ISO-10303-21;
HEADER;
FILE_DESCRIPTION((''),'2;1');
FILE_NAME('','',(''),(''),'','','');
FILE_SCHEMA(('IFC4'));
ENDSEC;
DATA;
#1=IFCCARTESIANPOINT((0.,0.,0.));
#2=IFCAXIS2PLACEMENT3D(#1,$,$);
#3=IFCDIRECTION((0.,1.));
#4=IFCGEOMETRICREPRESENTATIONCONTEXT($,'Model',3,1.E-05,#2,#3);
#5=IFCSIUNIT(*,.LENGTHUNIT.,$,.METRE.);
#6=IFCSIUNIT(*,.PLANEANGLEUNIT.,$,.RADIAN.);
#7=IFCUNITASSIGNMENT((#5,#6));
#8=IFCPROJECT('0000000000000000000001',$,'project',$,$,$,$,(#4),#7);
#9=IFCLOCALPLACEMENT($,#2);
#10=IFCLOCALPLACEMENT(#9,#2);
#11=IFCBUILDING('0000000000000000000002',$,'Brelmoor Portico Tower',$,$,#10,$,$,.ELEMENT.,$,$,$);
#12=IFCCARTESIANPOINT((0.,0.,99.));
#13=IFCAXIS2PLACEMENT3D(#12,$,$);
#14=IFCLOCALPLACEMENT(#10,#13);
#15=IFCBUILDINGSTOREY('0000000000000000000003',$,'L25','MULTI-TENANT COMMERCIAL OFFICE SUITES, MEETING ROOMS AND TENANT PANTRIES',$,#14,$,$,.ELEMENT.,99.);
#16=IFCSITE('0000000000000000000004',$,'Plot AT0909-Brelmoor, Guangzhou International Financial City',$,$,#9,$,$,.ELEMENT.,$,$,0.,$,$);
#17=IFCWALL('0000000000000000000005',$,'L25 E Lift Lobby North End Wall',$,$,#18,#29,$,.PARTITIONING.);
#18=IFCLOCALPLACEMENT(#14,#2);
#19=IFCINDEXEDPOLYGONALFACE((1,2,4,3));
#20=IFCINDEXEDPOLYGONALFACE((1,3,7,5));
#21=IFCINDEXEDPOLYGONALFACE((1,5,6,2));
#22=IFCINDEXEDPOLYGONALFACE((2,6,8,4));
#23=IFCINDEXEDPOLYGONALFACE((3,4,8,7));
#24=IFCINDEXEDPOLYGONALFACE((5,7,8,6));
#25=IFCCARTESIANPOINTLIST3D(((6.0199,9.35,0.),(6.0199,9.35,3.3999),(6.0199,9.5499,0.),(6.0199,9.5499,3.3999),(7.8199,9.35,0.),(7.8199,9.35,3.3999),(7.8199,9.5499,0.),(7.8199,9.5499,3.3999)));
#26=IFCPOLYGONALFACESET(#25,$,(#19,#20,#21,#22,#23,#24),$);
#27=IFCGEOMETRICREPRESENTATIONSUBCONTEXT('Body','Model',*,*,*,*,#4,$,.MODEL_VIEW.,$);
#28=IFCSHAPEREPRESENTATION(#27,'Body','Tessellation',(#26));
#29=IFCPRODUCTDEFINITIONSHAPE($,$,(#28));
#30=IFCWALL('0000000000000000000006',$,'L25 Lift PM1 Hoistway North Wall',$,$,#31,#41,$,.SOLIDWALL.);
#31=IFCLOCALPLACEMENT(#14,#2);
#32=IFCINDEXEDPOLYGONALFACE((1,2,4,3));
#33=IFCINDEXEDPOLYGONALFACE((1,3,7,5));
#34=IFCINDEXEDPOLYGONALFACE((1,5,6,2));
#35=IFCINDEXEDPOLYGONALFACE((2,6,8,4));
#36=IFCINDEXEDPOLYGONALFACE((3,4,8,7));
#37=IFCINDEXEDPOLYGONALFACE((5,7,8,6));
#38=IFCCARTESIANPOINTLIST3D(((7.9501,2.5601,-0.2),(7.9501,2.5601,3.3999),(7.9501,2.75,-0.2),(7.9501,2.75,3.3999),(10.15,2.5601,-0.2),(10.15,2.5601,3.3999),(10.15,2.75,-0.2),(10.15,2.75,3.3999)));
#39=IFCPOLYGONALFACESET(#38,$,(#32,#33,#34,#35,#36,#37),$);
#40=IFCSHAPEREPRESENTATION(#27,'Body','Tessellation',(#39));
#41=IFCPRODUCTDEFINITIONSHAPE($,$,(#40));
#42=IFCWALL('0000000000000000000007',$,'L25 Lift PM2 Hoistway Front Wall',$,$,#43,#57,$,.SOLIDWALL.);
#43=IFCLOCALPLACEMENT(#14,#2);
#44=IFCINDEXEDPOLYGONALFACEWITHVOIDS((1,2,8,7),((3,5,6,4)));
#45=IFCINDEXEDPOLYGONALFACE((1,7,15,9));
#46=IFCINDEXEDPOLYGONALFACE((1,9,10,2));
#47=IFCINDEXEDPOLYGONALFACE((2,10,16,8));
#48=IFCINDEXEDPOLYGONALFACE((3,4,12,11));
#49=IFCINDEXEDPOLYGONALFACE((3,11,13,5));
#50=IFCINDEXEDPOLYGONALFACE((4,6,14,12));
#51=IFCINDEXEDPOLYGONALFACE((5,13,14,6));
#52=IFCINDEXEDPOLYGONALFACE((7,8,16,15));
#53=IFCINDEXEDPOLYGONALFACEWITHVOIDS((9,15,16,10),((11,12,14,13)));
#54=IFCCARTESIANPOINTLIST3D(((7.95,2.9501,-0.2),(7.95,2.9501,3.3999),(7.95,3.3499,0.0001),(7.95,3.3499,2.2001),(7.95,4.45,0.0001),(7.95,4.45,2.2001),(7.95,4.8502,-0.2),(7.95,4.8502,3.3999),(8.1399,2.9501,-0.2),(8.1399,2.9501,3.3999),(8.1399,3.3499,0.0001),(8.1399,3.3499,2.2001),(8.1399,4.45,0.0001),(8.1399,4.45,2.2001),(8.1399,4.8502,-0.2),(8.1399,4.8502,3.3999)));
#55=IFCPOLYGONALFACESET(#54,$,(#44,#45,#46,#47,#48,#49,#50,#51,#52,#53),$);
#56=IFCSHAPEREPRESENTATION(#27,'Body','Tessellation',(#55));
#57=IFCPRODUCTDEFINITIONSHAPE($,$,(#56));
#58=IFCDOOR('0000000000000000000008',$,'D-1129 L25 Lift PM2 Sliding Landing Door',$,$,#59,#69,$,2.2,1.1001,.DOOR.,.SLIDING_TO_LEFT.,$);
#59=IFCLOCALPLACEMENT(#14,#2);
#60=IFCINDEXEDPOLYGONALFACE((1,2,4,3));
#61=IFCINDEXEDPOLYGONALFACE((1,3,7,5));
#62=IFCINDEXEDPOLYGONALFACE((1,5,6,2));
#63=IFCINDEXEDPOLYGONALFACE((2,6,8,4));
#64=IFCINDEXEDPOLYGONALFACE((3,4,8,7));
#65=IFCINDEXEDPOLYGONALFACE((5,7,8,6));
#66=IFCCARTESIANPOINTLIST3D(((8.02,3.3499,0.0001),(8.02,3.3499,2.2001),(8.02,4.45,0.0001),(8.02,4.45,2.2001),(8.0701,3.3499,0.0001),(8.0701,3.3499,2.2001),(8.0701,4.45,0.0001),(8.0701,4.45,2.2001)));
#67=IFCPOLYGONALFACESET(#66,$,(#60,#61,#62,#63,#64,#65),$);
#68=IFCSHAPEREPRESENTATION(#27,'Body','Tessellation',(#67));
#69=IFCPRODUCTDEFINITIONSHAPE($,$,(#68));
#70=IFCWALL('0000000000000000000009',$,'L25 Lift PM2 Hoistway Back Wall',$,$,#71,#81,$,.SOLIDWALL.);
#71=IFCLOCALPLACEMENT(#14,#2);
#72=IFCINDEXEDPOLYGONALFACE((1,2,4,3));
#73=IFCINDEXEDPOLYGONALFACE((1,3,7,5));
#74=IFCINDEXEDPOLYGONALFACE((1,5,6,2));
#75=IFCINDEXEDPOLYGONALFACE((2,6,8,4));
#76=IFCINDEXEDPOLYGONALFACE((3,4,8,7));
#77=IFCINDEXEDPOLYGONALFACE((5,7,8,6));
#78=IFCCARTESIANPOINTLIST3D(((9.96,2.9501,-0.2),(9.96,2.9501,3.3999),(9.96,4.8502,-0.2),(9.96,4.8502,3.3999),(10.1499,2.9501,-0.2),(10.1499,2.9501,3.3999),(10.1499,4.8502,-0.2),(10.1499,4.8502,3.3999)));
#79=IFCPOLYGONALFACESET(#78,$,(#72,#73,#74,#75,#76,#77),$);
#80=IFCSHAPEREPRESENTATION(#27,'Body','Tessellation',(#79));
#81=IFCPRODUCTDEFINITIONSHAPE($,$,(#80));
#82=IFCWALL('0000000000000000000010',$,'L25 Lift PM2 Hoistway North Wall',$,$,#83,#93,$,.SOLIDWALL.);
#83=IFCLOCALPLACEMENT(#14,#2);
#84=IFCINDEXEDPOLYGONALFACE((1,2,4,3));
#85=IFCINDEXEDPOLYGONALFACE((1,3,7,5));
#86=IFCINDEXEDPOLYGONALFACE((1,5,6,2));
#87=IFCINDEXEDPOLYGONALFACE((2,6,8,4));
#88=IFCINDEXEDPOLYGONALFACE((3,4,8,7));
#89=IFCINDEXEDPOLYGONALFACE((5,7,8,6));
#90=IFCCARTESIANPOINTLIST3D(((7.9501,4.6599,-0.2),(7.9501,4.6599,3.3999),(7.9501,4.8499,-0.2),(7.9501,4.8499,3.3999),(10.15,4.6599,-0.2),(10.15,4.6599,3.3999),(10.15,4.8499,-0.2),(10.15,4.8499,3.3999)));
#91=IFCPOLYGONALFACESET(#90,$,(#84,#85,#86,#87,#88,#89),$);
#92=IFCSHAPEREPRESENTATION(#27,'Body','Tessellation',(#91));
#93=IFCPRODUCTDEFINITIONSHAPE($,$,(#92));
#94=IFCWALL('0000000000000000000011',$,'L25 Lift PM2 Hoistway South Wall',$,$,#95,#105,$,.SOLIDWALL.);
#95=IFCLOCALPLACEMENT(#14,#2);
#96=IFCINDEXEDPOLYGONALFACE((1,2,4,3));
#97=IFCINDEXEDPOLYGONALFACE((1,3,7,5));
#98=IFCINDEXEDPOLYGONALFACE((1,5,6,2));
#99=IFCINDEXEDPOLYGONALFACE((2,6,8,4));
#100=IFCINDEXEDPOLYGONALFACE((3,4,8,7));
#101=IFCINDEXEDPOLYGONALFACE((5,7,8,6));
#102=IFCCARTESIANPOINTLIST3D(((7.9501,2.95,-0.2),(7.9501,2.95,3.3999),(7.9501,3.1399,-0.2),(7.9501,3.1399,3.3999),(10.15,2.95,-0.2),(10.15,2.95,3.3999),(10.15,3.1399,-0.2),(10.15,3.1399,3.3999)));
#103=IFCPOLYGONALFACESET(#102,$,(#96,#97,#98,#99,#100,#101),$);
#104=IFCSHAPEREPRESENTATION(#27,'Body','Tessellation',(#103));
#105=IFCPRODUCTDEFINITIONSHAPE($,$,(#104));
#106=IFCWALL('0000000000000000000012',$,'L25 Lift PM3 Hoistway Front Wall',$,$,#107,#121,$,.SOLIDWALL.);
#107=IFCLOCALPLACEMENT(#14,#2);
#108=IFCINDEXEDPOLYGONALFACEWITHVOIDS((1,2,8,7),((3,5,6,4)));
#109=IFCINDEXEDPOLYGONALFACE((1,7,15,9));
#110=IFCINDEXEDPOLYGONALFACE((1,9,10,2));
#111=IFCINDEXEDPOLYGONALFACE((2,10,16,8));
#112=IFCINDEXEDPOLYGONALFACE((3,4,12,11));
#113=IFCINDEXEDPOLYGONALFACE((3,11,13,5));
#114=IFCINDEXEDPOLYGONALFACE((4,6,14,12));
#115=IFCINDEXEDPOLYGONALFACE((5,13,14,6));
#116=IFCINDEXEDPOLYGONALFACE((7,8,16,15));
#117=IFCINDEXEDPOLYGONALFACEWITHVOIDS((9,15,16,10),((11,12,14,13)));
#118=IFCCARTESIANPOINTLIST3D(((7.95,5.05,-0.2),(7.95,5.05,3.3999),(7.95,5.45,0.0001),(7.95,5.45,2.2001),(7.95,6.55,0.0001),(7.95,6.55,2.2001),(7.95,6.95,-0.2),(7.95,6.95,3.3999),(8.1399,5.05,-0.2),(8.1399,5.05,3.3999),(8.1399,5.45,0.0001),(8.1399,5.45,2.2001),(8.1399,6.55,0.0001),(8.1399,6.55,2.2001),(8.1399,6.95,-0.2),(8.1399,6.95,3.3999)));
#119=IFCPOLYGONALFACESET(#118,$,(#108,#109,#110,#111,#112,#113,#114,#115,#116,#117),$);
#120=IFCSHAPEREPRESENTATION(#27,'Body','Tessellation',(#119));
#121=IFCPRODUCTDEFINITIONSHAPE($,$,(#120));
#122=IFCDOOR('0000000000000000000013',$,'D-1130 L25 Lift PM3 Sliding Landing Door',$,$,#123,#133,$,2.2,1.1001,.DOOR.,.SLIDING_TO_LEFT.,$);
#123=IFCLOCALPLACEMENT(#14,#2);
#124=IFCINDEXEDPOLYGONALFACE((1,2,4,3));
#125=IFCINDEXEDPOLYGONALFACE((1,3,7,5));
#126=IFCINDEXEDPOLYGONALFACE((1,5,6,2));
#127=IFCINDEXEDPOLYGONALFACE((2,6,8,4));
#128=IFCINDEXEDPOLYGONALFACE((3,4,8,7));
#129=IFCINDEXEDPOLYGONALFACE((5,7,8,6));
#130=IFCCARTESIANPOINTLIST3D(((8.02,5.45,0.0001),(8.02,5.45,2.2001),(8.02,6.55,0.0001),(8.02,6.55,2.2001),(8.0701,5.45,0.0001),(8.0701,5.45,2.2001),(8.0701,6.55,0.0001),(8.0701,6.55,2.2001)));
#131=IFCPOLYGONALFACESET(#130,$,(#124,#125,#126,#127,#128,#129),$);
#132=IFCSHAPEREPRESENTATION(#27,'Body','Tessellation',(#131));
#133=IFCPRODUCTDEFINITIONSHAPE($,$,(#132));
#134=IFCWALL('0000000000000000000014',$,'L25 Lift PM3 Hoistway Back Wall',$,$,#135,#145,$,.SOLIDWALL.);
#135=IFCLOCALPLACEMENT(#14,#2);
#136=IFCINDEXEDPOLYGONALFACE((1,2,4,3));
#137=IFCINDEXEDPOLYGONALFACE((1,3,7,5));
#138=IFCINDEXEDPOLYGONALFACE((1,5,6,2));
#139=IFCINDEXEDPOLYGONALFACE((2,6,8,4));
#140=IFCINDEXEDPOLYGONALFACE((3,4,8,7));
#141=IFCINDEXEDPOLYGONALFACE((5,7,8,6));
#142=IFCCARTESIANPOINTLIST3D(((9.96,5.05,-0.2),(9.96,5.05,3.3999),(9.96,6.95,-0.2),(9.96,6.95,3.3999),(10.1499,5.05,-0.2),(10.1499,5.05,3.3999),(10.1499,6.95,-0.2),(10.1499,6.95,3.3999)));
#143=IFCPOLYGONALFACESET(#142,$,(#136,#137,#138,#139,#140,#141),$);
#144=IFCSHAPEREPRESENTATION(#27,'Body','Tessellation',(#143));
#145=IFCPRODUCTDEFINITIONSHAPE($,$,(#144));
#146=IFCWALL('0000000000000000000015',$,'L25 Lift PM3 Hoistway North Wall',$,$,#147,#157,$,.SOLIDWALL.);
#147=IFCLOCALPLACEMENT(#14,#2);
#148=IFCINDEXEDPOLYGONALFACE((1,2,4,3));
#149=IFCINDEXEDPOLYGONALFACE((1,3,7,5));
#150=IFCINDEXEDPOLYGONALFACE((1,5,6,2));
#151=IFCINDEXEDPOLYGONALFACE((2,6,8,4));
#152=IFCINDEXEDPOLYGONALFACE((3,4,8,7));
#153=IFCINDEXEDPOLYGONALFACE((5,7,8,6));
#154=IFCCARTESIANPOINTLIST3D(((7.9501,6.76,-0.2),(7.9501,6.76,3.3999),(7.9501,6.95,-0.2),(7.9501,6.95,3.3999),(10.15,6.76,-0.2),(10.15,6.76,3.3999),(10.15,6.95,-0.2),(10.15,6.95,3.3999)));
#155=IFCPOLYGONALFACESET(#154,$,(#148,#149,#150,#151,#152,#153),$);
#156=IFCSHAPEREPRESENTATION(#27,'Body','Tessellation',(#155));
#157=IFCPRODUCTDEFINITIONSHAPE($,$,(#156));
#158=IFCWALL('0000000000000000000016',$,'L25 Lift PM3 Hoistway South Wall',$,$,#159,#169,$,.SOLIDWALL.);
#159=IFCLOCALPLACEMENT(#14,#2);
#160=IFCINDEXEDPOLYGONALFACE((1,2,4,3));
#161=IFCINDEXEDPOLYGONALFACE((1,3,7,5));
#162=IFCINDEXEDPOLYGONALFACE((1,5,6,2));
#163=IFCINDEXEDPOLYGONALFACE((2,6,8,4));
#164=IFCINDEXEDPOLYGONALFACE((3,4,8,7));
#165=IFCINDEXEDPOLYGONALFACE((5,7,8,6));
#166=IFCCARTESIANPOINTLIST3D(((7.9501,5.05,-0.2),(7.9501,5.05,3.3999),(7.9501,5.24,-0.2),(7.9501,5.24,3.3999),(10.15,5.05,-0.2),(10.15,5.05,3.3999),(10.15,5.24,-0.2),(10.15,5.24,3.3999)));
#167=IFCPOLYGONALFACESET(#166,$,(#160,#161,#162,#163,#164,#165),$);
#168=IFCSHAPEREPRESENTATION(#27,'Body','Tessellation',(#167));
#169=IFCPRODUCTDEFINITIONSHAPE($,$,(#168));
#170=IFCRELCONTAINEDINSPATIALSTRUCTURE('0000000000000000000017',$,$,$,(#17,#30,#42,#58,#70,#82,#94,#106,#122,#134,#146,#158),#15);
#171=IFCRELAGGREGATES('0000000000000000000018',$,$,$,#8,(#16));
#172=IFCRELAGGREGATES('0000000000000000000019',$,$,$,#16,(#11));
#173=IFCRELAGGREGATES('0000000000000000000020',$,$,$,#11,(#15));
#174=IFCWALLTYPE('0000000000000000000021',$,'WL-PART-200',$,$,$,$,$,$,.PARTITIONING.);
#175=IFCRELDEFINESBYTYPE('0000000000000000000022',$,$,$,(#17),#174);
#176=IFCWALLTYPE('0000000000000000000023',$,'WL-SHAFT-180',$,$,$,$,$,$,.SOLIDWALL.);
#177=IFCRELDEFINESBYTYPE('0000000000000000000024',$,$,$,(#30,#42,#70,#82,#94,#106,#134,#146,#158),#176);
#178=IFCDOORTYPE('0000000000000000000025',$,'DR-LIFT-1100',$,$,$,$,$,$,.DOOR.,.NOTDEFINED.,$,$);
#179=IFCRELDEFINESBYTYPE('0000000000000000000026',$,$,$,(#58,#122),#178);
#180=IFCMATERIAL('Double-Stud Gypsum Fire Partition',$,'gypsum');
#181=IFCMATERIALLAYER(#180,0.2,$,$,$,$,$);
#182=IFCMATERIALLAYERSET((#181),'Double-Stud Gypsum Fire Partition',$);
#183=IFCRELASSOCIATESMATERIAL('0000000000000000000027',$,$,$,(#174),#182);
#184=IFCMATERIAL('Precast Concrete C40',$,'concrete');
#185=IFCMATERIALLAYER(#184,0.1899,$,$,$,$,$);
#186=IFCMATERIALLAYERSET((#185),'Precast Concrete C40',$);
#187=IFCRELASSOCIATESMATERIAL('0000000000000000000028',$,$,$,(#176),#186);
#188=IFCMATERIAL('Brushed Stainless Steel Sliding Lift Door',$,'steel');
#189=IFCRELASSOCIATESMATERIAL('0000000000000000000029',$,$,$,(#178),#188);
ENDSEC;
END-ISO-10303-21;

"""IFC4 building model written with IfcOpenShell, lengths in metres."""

from ifc_helpers import new_model, si_unit, direction, frame, frame_2d, origin, place, context, subcontext, project, spatial, rectangle, extrude, material, layer, layer_set, type_object, element, fill, save


model = new_model("IFC4")

# Units and contexts
model_context = context("Model", 3, precision=1e-05, world=origin(), true_north=direction((0.0, 1.0)))
body_context = subcontext(model_context, "Body", "Model", "MODEL_VIEW")
ifc_project = project(units=[si_unit("LENGTHUNIT", "METRE"), si_unit("PLANEANGLEUNIT", "RADIAN")], contexts=[model_context])

# Site, building, storey
site_placement = place(None, origin())
site = spatial("IfcSite", under=ifc_project, at=site_placement, Name="Plot AT0909-Brelmoor, Guangzhou International Financial City", CompositionType="ELEMENT", RefElevation=0.0)
building_placement = place(site_placement, origin())
building = spatial("IfcBuilding", under=site, at=building_placement, Name="Brelmoor Portico Tower", CompositionType="ELEMENT")
storey_placement = place(building_placement, frame((0.0, 0.0, 99.0)))
storey = spatial("IfcBuildingStorey", under=building, at=storey_placement, Name="L25", Description="MULTI-TENANT COMMERCIAL OFFICE SUITES, MEETING ROOMS AND TENANT PANTRIES", CompositionType="ELEMENT", Elevation=99.0)

# Walls
ifc_material_1 = material(Name="Double-Stud Gypsum Fire Partition", Category="gypsum")
ifc_layer_1 = layer(ifc_material_1, 0.2)
ifc_layer_set_1 = layer_set([ifc_layer_1], Name="Double-Stud Gypsum Fire Partition")
wall_type_1 = type_object("IfcWallType", Name="WL-PART-200", PredefinedType="PARTITIONING", material=ifc_layer_set_1)
wall_1_placement = place(storey_placement, frame((6.02, 9.45, 0.0), z_axis=(0.0, 0.0, 1.0), x_axis=(1.0, 0.0, 0.0)))
element("IfcWall", 1, at=wall_1_placement, inside=storey, type_object=wall_type_1, Name="L25 E Lift Lobby North End Wall", PredefinedType="PARTITIONING", context=body_context, shape_type="SweptSolid", body=[
    extrude(rectangle(XDim=1.8, YDim=0.2, at=frame_2d((0.8999, 0.0))), origin(), (0.0, 0.0, 1.0), 3.3999),
])
ifc_material_2 = material(Name="Precast Concrete C40", Category="concrete")
ifc_layer_2 = layer(ifc_material_2, 0.1899)
ifc_layer_set_2 = layer_set([ifc_layer_2], Name="Precast Concrete C40")
wall_type_2 = type_object("IfcWallType", Name="WL-SHAFT-180", PredefinedType="SOLIDWALL", material=ifc_layer_set_2)
wall_2_placement = place(storey_placement, frame((7.95, 2.655, -0.2), z_axis=(0.0, 0.0, 1.0), x_axis=(1.0, 0.0, 0.0)))
element("IfcWall", 2, at=wall_2_placement, inside=storey, type_object=wall_type_2, Name="L25 Lift PM1 Hoistway North Wall", PredefinedType="SOLIDWALL", context=body_context, shape_type="SweptSolid", body=[
    extrude(rectangle(XDim=2.2, YDim=0.1899, at=frame_2d((1.1001, 0.0))), origin(), (0.0, 0.0, 1.0), 3.5999),
])

# Wall, opening, door
wall_3_placement = place(storey_placement, frame((8.0449, 2.95, -0.2), z_axis=(0.0, 0.0, 1.0), x_axis=(0.0, 1.0, 0.0)))
wall_3 = element("IfcWall", 3, at=wall_3_placement, inside=storey, type_object=wall_type_2, Name="L25 Lift PM2 Hoistway Front Wall", PredefinedType="SOLIDWALL", context=body_context, shape_type="SweptSolid", body=[
    extrude(rectangle(XDim=1.9001, YDim=0.1899, at=frame_2d((0.9502, 0.0))), origin(), (0.0, 0.0, 1.0), 3.5999),
])
opening_1_placement = place(wall_3_placement, frame((0.3999, 0.0, 0.2)))
opening_1 = element("IfcOpeningElement", 4, at=opening_1_placement, cuts=wall_3, PredefinedType="OPENING", context=body_context, shape_type="SweptSolid", body=[
    extrude(rectangle(XDim=1.1001, YDim=2.2, at=frame_2d((0.55, 1.1001))), frame((0.0, 0.105, 0.0), z_axis=(0.0, -1.0, 0.0), x_axis=(1.0, 0.0, 0.0)), (0.0, 0.0, 1.0), 0.21),
])
ifc_material_3 = material(Name="Brushed Stainless Steel Sliding Lift Door", Category="steel")
door_type_1 = type_object("IfcDoorType", Name="DR-LIFT-1100", OperationType="NOTDEFINED", PredefinedType="DOOR", material=ifc_material_3)
door_1_placement = place(opening_1_placement, origin())
door_1 = element("IfcDoor", 5, at=door_1_placement, inside=storey, type_object=door_type_1, Name="D-1129 L25 Lift PM2 Sliding Landing Door", OperationType="SLIDING_TO_LEFT", OverallHeight=2.2, OverallWidth=1.1001, PredefinedType="DOOR", context=body_context, shape_type="SweptSolid", body=[
    extrude(rectangle(XDim=1.1001, YDim=2.2, at=frame_2d((0.55, 1.1001))), frame((0.0, 0.0249, 0.0), z_axis=(0.0, -1.0, 0.0), x_axis=(1.0, 0.0, 0.0)), (0.0, 0.0, 1.0), 0.05),
])
fill(opening_1, door_1)

# Walls
wall_4_placement = place(storey_placement, frame((10.0549, 2.95, -0.2), z_axis=(0.0, 0.0, 1.0), x_axis=(0.0, 1.0, 0.0)))
element("IfcWall", 6, at=wall_4_placement, inside=storey, type_object=wall_type_2, Name="L25 Lift PM2 Hoistway Back Wall", PredefinedType="SOLIDWALL", context=body_context, shape_type="SweptSolid", body=[
    extrude(rectangle(XDim=1.9001, YDim=0.1899, at=frame_2d((0.9502, 0.0))), origin(), (0.0, 0.0, 1.0), 3.5999),
])
for number, where, z_axis, x_axis, name in (
    (7, (7.95, 4.7549, -0.2), (0.0, 0.0, 1.0), (1.0, 0.0, 0.0), "L25 Lift PM2 Hoistway North Wall"),
    (8, (7.95, 3.0449, -0.2), (0.0, 0.0, 1.0), (1.0, 0.0, 0.0), "L25 Lift PM2 Hoistway South Wall"),
):
    element("IfcWall", number, at=place(storey_placement, frame(where, z_axis=z_axis, x_axis=x_axis)), inside=storey, type_object=wall_type_2, Name=name, PredefinedType="SOLIDWALL", context=body_context, shape_type="SweptSolid", body=[
        extrude(rectangle(XDim=2.2, YDim=0.1899, at=frame_2d((1.1001, 0.0))), origin(), (0.0, 0.0, 1.0), 3.5999),
    ])

# Wall, opening, door
wall_5_placement = place(storey_placement, frame((8.0449, 5.05, -0.2), z_axis=(0.0, 0.0, 1.0), x_axis=(0.0, 1.0, 0.0)))
wall_5 = element("IfcWall", 9, at=wall_5_placement, inside=storey, type_object=wall_type_2, Name="L25 Lift PM3 Hoistway Front Wall", PredefinedType="SOLIDWALL", context=body_context, shape_type="SweptSolid", body=[
    extrude(rectangle(XDim=1.8999, YDim=0.1899, at=frame_2d((0.95, 0.0))), origin(), (0.0, 0.0, 1.0), 3.5999),
])
opening_2_placement = place(wall_5_placement, frame((0.3999, 0.0, 0.2)))
opening_2 = element("IfcOpeningElement", 10, at=opening_2_placement, cuts=wall_5, PredefinedType="OPENING", context=body_context, shape_type="SweptSolid", body=[
    extrude(rectangle(XDim=1.1001, YDim=2.2, at=frame_2d((0.55, 1.1001))), frame((0.0, 0.105, 0.0), z_axis=(0.0, -1.0, 0.0), x_axis=(1.0, 0.0, 0.0)), (0.0, 0.0, 1.0), 0.21),
])
door_2_placement = place(opening_2_placement, origin())
door_2 = element("IfcDoor", 11, at=door_2_placement, inside=storey, type_object=door_type_1, Name="D-1130 L25 Lift PM3 Sliding Landing Door", OperationType="SLIDING_TO_LEFT", OverallHeight=2.2, OverallWidth=1.1001, PredefinedType="DOOR", context=body_context, shape_type="SweptSolid", body=[
    extrude(rectangle(XDim=1.1001, YDim=2.2, at=frame_2d((0.55, 1.1001))), frame((0.0, 0.0249, 0.0), z_axis=(0.0, -1.0, 0.0), x_axis=(1.0, 0.0, 0.0)), (0.0, 0.0, 1.0), 0.05),
])
fill(opening_2, door_2)

# Walls
wall_6_placement = place(storey_placement, frame((10.0549, 5.05, -0.2), z_axis=(0.0, 0.0, 1.0), x_axis=(0.0, 1.0, 0.0)))
element("IfcWall", 12, at=wall_6_placement, inside=storey, type_object=wall_type_2, Name="L25 Lift PM3 Hoistway Back Wall", PredefinedType="SOLIDWALL", context=body_context, shape_type="SweptSolid", body=[
    extrude(rectangle(XDim=1.8999, YDim=0.1899, at=frame_2d((0.95, 0.0))), origin(), (0.0, 0.0, 1.0), 3.5999),
])
for number, where, z_axis, x_axis, name in (
    (13, (7.95, 6.855, -0.2), (0.0, 0.0, 1.0), (1.0, 0.0, 0.0), "L25 Lift PM3 Hoistway North Wall"),
    (14, (7.95, 5.145, -0.2), (0.0, 0.0, 1.0), (1.0, 0.0, 0.0), "L25 Lift PM3 Hoistway South Wall"),
):
    element("IfcWall", number, at=place(storey_placement, frame(where, z_axis=z_axis, x_axis=x_axis)), inside=storey, type_object=wall_type_2, Name=name, PredefinedType="SOLIDWALL", context=body_context, shape_type="SweptSolid", body=[
        extrude(rectangle(XDim=2.2, YDim=0.1899, at=frame_2d((1.1001, 0.0))), origin(), (0.0, 0.0, 1.0), 3.5999),
    ])

save(model, "model.ifc")
